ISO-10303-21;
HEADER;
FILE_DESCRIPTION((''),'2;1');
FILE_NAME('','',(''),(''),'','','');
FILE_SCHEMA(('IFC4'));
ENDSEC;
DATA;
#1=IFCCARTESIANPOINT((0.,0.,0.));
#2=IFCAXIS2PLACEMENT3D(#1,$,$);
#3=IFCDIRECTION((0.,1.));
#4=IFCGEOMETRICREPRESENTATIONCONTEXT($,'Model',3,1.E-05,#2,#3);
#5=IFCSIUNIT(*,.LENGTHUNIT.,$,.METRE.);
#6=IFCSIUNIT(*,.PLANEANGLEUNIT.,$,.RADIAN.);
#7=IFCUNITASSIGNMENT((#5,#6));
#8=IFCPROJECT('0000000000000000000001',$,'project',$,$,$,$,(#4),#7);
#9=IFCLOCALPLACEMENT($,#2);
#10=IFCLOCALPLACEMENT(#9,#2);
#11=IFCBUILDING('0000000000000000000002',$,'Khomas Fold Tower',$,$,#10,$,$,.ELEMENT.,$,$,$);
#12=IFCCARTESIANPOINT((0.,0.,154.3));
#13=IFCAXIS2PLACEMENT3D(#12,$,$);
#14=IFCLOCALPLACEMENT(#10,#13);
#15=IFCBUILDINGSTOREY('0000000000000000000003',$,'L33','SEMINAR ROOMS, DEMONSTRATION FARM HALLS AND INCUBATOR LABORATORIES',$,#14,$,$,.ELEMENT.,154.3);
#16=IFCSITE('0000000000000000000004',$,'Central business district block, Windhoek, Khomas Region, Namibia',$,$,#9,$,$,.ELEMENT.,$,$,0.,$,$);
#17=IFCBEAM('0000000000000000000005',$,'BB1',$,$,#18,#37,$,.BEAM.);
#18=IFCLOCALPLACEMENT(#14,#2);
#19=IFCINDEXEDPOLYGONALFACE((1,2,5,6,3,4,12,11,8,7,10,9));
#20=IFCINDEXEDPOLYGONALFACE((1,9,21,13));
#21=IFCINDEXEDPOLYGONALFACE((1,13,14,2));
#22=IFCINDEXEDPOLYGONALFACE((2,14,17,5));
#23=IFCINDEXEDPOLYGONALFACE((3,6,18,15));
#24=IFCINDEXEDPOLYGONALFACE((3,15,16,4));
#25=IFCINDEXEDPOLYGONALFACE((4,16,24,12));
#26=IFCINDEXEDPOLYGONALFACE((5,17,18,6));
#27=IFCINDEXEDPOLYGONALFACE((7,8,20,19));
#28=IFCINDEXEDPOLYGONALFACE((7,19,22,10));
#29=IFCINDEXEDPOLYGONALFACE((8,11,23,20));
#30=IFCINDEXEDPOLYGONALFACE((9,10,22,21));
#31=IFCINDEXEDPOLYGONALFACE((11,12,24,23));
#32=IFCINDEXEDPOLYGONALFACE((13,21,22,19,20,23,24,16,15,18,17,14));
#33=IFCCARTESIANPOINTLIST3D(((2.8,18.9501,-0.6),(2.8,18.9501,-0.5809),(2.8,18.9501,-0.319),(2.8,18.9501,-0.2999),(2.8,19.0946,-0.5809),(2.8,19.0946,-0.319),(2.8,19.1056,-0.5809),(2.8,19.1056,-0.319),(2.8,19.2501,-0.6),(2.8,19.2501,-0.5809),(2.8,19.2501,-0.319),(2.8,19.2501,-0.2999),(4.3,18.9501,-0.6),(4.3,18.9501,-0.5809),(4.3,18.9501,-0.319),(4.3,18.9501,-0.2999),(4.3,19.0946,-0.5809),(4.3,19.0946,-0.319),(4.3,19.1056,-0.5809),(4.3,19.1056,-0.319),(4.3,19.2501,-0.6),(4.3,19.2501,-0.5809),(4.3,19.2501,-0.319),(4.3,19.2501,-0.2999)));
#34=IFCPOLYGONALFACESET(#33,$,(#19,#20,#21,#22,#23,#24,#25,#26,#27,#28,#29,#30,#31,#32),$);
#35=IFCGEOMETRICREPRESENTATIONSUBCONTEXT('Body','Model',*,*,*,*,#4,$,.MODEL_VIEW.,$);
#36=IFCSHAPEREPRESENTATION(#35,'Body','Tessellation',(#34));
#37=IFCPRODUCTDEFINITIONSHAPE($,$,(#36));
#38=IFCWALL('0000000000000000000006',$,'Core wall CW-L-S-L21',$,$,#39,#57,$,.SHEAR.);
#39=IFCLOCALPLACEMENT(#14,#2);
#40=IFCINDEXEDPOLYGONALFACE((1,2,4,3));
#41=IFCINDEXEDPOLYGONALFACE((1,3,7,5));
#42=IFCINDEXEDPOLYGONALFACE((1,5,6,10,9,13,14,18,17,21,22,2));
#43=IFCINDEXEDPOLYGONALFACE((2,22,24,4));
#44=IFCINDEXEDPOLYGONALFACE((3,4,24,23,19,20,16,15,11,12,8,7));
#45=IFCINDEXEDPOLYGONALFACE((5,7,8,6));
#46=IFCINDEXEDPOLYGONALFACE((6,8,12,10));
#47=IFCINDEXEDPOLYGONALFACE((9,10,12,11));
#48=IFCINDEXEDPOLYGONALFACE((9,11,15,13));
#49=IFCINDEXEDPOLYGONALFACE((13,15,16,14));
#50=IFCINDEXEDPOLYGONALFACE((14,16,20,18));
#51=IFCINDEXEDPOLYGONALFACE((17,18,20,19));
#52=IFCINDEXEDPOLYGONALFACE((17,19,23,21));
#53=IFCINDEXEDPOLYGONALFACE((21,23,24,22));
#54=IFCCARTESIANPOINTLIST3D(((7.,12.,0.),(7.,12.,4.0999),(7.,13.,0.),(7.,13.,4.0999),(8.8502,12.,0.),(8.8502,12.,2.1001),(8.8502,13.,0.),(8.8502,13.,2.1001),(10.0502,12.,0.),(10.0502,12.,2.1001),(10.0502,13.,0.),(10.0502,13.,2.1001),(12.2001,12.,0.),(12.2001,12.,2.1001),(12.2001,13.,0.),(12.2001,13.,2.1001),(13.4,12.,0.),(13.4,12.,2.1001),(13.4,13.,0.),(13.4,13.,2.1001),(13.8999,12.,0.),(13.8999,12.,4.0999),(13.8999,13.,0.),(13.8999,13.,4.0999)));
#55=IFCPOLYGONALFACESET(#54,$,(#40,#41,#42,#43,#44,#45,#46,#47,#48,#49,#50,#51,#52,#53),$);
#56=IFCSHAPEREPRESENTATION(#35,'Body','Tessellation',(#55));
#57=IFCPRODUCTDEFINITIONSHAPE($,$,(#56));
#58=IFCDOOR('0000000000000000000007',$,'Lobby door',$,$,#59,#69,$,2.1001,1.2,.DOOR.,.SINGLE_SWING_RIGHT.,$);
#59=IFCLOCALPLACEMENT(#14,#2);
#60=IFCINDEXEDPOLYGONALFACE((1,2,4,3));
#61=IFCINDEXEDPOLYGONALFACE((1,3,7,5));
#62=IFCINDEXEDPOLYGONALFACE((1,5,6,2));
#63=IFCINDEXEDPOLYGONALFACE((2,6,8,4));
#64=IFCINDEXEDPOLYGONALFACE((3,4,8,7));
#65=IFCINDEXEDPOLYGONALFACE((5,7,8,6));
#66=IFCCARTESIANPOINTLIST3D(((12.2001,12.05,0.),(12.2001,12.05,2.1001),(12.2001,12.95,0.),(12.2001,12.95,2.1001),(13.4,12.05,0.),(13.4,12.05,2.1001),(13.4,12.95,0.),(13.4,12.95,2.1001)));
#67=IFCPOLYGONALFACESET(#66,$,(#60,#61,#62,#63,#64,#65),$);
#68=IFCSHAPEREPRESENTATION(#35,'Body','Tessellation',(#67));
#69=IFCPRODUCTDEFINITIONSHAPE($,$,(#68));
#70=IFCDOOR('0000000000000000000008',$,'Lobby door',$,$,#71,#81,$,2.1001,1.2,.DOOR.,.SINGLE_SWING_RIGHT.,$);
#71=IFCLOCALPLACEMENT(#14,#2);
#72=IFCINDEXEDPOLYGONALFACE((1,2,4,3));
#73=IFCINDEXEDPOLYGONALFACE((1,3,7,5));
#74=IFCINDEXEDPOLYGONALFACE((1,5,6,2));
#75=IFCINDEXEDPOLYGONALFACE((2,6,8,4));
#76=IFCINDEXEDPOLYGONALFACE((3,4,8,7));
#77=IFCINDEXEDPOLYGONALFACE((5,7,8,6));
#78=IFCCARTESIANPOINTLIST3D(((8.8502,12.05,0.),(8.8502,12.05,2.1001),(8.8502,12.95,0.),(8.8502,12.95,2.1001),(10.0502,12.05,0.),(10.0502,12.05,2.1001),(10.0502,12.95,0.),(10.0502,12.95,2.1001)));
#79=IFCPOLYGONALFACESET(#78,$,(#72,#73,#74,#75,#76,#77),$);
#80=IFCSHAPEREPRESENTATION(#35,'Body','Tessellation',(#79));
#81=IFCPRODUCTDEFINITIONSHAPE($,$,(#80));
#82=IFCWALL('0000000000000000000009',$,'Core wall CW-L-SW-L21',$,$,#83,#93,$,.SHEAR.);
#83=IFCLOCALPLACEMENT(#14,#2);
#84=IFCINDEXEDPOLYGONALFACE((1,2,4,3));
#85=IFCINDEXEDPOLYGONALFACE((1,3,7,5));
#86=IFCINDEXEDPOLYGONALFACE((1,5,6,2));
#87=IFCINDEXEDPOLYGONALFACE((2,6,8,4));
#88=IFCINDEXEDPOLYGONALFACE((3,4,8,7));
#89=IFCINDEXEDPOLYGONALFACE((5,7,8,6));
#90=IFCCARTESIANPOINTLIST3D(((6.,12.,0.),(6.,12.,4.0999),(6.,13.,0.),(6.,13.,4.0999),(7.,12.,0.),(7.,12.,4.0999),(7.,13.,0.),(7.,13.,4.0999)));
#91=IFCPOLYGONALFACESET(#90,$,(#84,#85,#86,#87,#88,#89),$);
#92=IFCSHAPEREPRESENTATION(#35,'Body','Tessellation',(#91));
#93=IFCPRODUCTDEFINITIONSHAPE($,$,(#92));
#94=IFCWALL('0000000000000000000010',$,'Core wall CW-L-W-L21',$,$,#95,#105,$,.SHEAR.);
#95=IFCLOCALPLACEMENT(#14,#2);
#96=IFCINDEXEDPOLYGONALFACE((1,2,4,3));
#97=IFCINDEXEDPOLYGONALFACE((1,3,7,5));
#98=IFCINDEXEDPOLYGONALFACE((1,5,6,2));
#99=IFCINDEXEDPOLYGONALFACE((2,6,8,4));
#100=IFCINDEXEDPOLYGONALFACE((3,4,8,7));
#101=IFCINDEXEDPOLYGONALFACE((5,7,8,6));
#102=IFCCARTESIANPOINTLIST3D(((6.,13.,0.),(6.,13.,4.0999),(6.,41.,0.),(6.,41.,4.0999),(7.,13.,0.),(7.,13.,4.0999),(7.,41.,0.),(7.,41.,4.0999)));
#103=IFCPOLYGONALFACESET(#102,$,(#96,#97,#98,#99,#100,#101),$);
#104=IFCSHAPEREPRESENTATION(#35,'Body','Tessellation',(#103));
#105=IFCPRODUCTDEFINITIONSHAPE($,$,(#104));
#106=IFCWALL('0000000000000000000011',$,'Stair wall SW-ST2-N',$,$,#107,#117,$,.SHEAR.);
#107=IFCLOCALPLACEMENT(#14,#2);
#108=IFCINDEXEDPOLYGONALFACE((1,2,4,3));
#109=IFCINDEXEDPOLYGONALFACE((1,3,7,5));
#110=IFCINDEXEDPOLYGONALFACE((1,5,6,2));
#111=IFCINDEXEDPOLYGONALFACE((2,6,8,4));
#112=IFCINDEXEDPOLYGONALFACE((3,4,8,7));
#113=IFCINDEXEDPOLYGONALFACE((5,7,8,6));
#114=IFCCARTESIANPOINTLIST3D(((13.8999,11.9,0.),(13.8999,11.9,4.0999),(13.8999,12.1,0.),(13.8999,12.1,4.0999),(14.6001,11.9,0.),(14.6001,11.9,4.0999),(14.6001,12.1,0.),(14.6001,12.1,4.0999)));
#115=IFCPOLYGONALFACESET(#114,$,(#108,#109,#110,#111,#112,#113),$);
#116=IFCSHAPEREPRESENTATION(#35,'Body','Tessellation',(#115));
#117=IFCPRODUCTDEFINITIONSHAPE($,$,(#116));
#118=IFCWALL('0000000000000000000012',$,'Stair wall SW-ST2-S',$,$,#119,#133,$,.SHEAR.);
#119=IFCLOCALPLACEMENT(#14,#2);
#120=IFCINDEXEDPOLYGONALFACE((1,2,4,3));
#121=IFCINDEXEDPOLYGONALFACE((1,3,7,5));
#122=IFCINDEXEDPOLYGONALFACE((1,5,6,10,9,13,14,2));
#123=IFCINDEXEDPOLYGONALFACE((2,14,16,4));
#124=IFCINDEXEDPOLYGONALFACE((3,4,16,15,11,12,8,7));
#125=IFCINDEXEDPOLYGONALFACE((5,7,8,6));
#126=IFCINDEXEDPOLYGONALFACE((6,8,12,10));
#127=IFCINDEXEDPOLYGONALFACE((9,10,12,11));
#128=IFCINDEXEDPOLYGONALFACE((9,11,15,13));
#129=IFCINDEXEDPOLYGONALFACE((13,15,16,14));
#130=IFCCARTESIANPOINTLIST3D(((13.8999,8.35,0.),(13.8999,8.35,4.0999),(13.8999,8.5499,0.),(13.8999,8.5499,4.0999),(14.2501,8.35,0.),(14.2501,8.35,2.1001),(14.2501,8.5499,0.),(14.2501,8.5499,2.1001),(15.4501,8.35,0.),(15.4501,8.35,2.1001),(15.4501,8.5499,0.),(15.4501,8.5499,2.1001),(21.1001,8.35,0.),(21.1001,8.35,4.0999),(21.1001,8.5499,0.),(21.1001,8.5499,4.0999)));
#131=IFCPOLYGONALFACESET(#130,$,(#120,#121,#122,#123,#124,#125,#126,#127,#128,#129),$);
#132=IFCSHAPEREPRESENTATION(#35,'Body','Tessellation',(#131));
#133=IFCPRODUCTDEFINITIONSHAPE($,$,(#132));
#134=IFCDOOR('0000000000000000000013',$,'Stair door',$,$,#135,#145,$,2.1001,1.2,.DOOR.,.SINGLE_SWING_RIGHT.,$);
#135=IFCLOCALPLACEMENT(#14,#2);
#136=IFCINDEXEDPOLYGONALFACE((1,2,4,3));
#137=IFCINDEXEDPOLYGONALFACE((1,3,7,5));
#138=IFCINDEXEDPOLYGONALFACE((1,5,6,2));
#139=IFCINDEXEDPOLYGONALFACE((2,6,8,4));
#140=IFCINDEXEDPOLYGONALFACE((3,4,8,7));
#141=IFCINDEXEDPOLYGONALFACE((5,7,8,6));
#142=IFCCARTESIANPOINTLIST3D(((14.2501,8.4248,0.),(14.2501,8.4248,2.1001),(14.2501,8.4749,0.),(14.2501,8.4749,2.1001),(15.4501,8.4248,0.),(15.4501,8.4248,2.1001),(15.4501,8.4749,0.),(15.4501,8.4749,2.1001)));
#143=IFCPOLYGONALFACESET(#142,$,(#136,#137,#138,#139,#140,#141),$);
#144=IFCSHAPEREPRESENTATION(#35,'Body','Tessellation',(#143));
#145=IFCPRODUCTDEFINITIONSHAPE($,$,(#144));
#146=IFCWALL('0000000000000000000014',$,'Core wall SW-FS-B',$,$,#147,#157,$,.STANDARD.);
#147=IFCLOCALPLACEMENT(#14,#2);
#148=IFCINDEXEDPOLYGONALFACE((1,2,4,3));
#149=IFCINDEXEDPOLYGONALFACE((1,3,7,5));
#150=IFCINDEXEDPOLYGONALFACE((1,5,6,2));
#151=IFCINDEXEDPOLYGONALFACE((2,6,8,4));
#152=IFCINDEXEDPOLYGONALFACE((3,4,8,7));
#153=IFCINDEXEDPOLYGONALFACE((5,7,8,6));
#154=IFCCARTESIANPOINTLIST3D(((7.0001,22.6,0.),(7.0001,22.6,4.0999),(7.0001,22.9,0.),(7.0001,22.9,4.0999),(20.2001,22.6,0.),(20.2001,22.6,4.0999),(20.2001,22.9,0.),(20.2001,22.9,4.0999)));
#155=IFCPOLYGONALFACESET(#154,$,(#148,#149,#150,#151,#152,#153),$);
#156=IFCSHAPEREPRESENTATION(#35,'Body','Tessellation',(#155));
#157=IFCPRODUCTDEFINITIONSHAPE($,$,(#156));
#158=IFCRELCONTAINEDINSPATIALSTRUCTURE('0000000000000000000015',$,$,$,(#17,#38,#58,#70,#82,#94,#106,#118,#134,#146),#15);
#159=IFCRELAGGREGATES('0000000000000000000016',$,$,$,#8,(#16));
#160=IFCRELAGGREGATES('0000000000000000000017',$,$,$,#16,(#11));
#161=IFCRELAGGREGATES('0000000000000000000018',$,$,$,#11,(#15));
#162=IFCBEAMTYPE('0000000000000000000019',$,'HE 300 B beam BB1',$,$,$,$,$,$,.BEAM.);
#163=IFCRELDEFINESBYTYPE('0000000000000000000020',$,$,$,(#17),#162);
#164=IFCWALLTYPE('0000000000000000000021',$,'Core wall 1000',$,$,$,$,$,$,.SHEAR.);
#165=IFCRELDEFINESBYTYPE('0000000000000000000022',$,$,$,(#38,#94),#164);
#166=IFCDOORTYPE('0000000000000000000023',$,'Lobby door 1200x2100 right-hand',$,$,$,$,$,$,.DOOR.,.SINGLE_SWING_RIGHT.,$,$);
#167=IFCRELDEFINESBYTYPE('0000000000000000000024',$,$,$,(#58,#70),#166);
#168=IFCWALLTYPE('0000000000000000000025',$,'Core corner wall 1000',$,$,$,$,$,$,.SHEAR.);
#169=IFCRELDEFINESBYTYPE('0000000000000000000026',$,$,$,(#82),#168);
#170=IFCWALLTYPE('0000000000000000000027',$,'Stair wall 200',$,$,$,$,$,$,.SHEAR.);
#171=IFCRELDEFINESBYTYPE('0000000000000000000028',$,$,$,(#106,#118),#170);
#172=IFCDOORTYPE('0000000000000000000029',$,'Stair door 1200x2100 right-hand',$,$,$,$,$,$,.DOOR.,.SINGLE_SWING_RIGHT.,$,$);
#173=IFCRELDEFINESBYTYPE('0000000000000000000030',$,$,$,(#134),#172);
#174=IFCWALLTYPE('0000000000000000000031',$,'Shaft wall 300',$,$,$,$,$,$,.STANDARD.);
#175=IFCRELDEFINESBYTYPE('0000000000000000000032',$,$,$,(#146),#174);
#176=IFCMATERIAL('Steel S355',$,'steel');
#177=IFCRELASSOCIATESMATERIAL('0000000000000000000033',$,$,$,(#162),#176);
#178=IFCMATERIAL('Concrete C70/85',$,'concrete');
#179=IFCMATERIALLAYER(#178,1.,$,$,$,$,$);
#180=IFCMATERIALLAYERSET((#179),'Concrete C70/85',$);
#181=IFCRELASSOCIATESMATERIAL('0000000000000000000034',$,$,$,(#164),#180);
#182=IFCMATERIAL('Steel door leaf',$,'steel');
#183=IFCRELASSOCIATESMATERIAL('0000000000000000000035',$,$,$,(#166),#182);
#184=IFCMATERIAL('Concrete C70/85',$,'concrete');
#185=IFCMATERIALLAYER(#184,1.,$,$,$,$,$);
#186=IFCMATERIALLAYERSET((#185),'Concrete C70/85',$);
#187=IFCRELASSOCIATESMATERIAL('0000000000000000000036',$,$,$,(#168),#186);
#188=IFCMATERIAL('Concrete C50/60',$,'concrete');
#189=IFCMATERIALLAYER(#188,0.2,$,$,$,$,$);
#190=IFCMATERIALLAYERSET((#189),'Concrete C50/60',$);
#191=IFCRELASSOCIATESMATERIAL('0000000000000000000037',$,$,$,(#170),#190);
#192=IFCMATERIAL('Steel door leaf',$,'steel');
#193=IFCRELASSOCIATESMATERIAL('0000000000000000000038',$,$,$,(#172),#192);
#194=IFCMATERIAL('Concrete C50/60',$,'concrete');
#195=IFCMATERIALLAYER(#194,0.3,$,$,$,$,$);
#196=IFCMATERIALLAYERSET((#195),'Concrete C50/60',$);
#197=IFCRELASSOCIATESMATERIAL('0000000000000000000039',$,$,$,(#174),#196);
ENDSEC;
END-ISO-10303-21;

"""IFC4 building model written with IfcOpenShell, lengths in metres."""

from ifc_helpers import new_model, si_unit, direction, frame, frame_2d, origin, origin_2d, place, context, subcontext, project, spatial, rectangle, i_section, extrude, source, transform, mapped, material, layer, layer_set, material_profile, profile_set, type_object, element, fill, save


model = new_model("IFC4")

# Units and contexts
model_context = context("Model", 3, precision=1e-05, world=origin(), true_north=direction((0.0, 1.0)))
body_context = subcontext(model_context, "Body", "Model", "MODEL_VIEW")
ifc_project = project(units=[si_unit("LENGTHUNIT", "METRE"), si_unit("PLANEANGLEUNIT", "RADIAN")], contexts=[model_context])

# Site, building, storey
site_placement = place(None, origin())
site = spatial("IfcSite", under=ifc_project, at=site_placement, Name="Central business district block, Windhoek, Khomas Region, Namibia", CompositionType="ELEMENT", RefElevation=0.0)
building_placement = place(site_placement, origin())
building = spatial("IfcBuilding", under=site, at=building_placement, Name="Khomas Fold Tower", CompositionType="ELEMENT")
storey_placement = place(building_placement, frame((0.0, 0.0, 154.3)))
storey = spatial("IfcBuildingStorey", under=building, at=storey_placement, Name="L33", Description="SEMINAR ROOMS, DEMONSTRATION FARM HALLS AND INCUBATOR LABORATORIES", CompositionType="ELEMENT", Elevation=154.3)

# Beam
ifc_material_1 = material(Name="Steel S355", Category="steel")
ifc_material_profile = material_profile(ifc_material_1, i_section(OverallWidth=0.3, OverallDepth=0.3, WebThickness=0.011, FlangeThickness=0.019, at=origin_2d()), Name="HE 300 B")
ifc_profile_set = profile_set([ifc_material_profile], Name="Steel S355")
beam_type = type_object("IfcBeamType", Name="HE 300 B beam BB1", PredefinedType="BEAM", material=ifc_profile_set)
shared_shape_1 = source(origin(), body_context, "Body", "SweptSolid", [
    extrude(i_section(OverallWidth=0.3, OverallDepth=0.3, WebThickness=0.011, FlangeThickness=0.019, at=origin_2d()), origin(), (0.0, 0.0, 1.0), 1.5),
])
beam_placement = place(storey_placement, frame((2.8, 19.1001, -0.45), z_axis=(1.0, 0.0, 0.0), x_axis=(0.0, 1.0, 0.0)))
element("IfcBeam", 1, at=beam_placement, inside=storey, type_object=beam_type, Name="BB1", PredefinedType="BEAM", context=body_context, shape_type="MappedRepresentation", body=[
    mapped(shared_shape_1, transform((0.0, 0.0, 0.0))),
])

# Wall, openings, doors
ifc_material_2 = material(Name="Concrete C70/85", Category="concrete")
ifc_layer_1 = layer(ifc_material_2, 1.0)
ifc_layer_set_1 = layer_set([ifc_layer_1], Name="Concrete C70/85")
wall_type_1 = type_object("IfcWallType", Name="Core wall 1000", PredefinedType="SHEAR", material=ifc_layer_set_1)
shared_shape_2 = source(origin(), body_context, "Body", "SweptSolid", [
    extrude(rectangle(XDim=6.8999, YDim=1.0, at=frame_2d((3.45, 0.0))), origin(), (0.0, 0.0, 1.0), 4.0999),
])
wall_1_placement = place(storey_placement, frame((7.0, 12.5, 0.0), z_axis=(0.0, 0.0, 1.0), x_axis=(1.0, 0.0, 0.0)))
wall_1 = element("IfcWall", 2, at=wall_1_placement, inside=storey, type_object=wall_type_1, Name="Core wall CW-L-S-L21", PredefinedType="SHEAR", context=body_context, shape_type="MappedRepresentation", body=[
    mapped(shared_shape_2, transform((0.0, 0.0, 0.0))),
])
shared_shape_3 = source(origin(), body_context, "Body", "SweptSolid", [
    extrude(rectangle(XDim=1.2, YDim=2.1001, at=frame_2d((0.6001, 1.05))), frame((0.0, 0.51, 0.0), z_axis=(0.0, -1.0, 0.0), x_axis=(1.0, 0.0, 0.0)), (0.0, 0.0, 1.0), 1.02),
])
opening_1_placement = place(wall_1_placement, frame((5.2, 0.0, 0.0)))
opening_1 = element("IfcOpeningElement", 3, at=opening_1_placement, cuts=wall_1, PredefinedType="OPENING", context=body_context, shape_type="MappedRepresentation", body=[
    mapped(shared_shape_3, transform((0.0, 0.0, 0.0))),
])
opening_2_placement = place(wall_1_placement, frame((1.8501, 0.0, 0.0)))
opening_2 = element("IfcOpeningElement", 4, at=opening_2_placement, cuts=wall_1, PredefinedType="OPENING", context=body_context, shape_type="MappedRepresentation", body=[
    mapped(shared_shape_3, transform((0.0, 0.0, 0.0))),
])
ifc_material_3 = material(Name="Steel door leaf", Category="steel")
door_type_1 = type_object("IfcDoorType", Name="Lobby door 1200x2100 right-hand", OperationType="SINGLE_SWING_RIGHT", PredefinedType="DOOR", material=ifc_material_3)
shared_shape_4 = source(origin(), body_context, "Body", "SweptSolid", [
    extrude(rectangle(XDim=1.2, YDim=2.1001, at=frame_2d((0.6001, 1.05))), frame((0.0, 0.45, 0.0), z_axis=(0.0, -1.0, 0.0), x_axis=(1.0, 0.0, 0.0)), (0.0, 0.0, 1.0), 0.8999),
])
door_1_placement = place(opening_1_placement, origin())
door_1 = element("IfcDoor", 5, at=door_1_placement, inside=storey, type_object=door_type_1, Name="Lobby door", OperationType="SINGLE_SWING_RIGHT", OverallHeight=2.1001, OverallWidth=1.2, PredefinedType="DOOR", context=body_context, shape_type="MappedRepresentation", body=[
    mapped(shared_shape_4, transform((0.0, 0.0, 0.0))),
])
fill(opening_1, door_1)
door_2_placement = place(opening_2_placement, origin())
door_2 = element("IfcDoor", 6, at=door_2_placement, inside=storey, type_object=door_type_1, Name="Lobby door", OperationType="SINGLE_SWING_RIGHT", OverallHeight=2.1001, OverallWidth=1.2, PredefinedType="DOOR", context=body_context, shape_type="MappedRepresentation", body=[
    mapped(shared_shape_4, transform((0.0, 0.0, 0.0))),
])
fill(opening_2, door_2)

# Walls
ifc_material_4 = material(Name="Concrete C70/85", Category="concrete")
ifc_layer_2 = layer(ifc_material_4, 1.0)
ifc_layer_set_2 = layer_set([ifc_layer_2], Name="Concrete C70/85")
wall_type_2 = type_object("IfcWallType", Name="Core corner wall 1000", PredefinedType="SHEAR", material=ifc_layer_set_2)
shared_shape_5 = source(origin(), body_context, "Body", "SweptSolid", [
    extrude(rectangle(XDim=1.0, YDim=1.0, at=frame_2d((0.5, 0.0))), origin(), (0.0, 0.0, 1.0), 4.0999),
])
wall_2_placement = place(storey_placement, frame((6.0, 12.5, 0.0), z_axis=(0.0, 0.0, 1.0), x_axis=(1.0, 0.0, 0.0)))
element("IfcWall", 7, at=wall_2_placement, inside=storey, type_object=wall_type_2, Name="Core wall CW-L-SW-L21", PredefinedType="SHEAR", context=body_context, shape_type="MappedRepresentation", body=[
    mapped(shared_shape_5, transform((0.0, 0.0, 0.0))),
])
shared_shape_6 = source(origin(), body_context, "Body", "SweptSolid", [
    extrude(rectangle(XDim=28.0, YDim=1.0, at=frame_2d((14.0, 0.0))), origin(), (0.0, 0.0, 1.0), 4.0999),
])
wall_3_placement = place(storey_placement, frame((6.5, 13.0, 0.0), z_axis=(0.0, 0.0, 1.0), x_axis=(0.0, 1.0, 0.0)))
element("IfcWall", 8, at=wall_3_placement, inside=storey, type_object=wall_type_1, Name="Core wall CW-L-W-L21", PredefinedType="SHEAR", context=body_context, shape_type="MappedRepresentation", body=[
    mapped(shared_shape_6, transform((0.0, 0.0, 0.0))),
])
ifc_material_5 = material(Name="Concrete C50/60", Category="concrete")
ifc_layer_3 = layer(ifc_material_5, 0.2)
ifc_layer_set_3 = layer_set([ifc_layer_3], Name="Concrete C50/60")
wall_type_3 = type_object("IfcWallType", Name="Stair wall 200", PredefinedType="SHEAR", material=ifc_layer_set_3)
shared_shape_7 = source(origin(), body_context, "Body", "SweptSolid", [
    extrude(rectangle(XDim=0.7002, YDim=0.2, at=frame_2d((0.3501, 0.0))), origin(), (0.0, 0.0, 1.0), 4.0999),
])
wall_4_placement = place(storey_placement, frame((13.8999, 12.0, 0.0), z_axis=(0.0, 0.0, 1.0), x_axis=(1.0, 0.0, 0.0)))
element("IfcWall", 9, at=wall_4_placement, inside=storey, type_object=wall_type_3, Name="Stair wall SW-ST2-N", PredefinedType="SHEAR", context=body_context, shape_type="MappedRepresentation", body=[
    mapped(shared_shape_7, transform((0.0, 0.0, 0.0))),
])

# Wall, opening, door
shared_shape_8 = source(origin(), body_context, "Body", "SweptSolid", [
    extrude(rectangle(XDim=7.2002, YDim=0.2, at=frame_2d((3.6001, 0.0))), origin(), (0.0, 0.0, 1.0), 4.0999),
])
wall_5_placement = place(storey_placement, frame((13.8999, 8.45, 0.0), z_axis=(0.0, 0.0, 1.0), x_axis=(1.0, 0.0, 0.0)))
wall_5 = element("IfcWall", 10, at=wall_5_placement, inside=storey, type_object=wall_type_3, Name="Stair wall SW-ST2-S", PredefinedType="SHEAR", context=body_context, shape_type="MappedRepresentation", body=[
    mapped(shared_shape_8, transform((0.0, 0.0, 0.0))),
])
shared_shape_9 = source(origin(), body_context, "Body", "SweptSolid", [
    extrude(rectangle(XDim=1.2, YDim=2.1001, at=frame_2d((0.6001, 1.05))), frame((0.0, 0.1099, 0.0), z_axis=(0.0, -1.0, 0.0), x_axis=(1.0, 0.0, 0.0)), (0.0, 0.0, 1.0), 0.22),
])
opening_3_placement = place(wall_5_placement, frame((0.3501, 0.0, 0.0)))
opening_3 = element("IfcOpeningElement", 11, at=opening_3_placement, cuts=wall_5, PredefinedType="OPENING", context=body_context, shape_type="MappedRepresentation", body=[
    mapped(shared_shape_9, transform((0.0, 0.0, 0.0))),
])
ifc_material_6 = material(Name="Steel door leaf", Category="steel")
door_type_2 = type_object("IfcDoorType", Name="Stair door 1200x2100 right-hand", OperationType="SINGLE_SWING_RIGHT", PredefinedType="DOOR", material=ifc_material_6)
shared_shape_10 = source(origin(), body_context, "Body", "SweptSolid", [
    extrude(rectangle(XDim=1.2, YDim=2.1001, at=frame_2d((0.6001, 1.05))), frame((0.0, 0.0249, 0.0), z_axis=(0.0, -1.0, 0.0), x_axis=(1.0, 0.0, 0.0)), (0.0, 0.0, 1.0), 0.05),
])
door_3_placement = place(opening_3_placement, origin())
door_3 = element("IfcDoor", 12, at=door_3_placement, inside=storey, type_object=door_type_2, Name="Stair door", OperationType="SINGLE_SWING_RIGHT", OverallHeight=2.1001, OverallWidth=1.2, PredefinedType="DOOR", context=body_context, shape_type="MappedRepresentation", body=[
    mapped(shared_shape_10, transform((0.0, 0.0, 0.0))),
])
fill(opening_3, door_3)

# Wall
ifc_material_7 = material(Name="Concrete C50/60", Category="concrete")
ifc_layer_4 = layer(ifc_material_7, 0.3)
ifc_layer_set_4 = layer_set([ifc_layer_4], Name="Concrete C50/60")
wall_type_4 = type_object("IfcWallType", Name="Shaft wall 300", PredefinedType="STANDARD", material=ifc_layer_set_4)
shared_shape_11 = source(origin(), body_context, "Body", "SweptSolid", [
    extrude(rectangle(XDim=13.2, YDim=0.3, at=frame_2d((6.6001, 0.0))), origin(), (0.0, 0.0, 1.0), 4.0999),
])
wall_6_placement = place(storey_placement, frame((7.0, 22.75, 0.0), z_axis=(0.0, 0.0, 1.0), x_axis=(1.0, 0.0, 0.0)))
element("IfcWall", 13, at=wall_6_placement, inside=storey, type_object=wall_type_4, Name="Core wall SW-FS-B", PredefinedType="STANDARD", context=body_context, shape_type="MappedRepresentation", body=[
    mapped(shared_shape_11, transform((0.0, 0.0, 0.0))),
])

save(model, "model.ifc")
